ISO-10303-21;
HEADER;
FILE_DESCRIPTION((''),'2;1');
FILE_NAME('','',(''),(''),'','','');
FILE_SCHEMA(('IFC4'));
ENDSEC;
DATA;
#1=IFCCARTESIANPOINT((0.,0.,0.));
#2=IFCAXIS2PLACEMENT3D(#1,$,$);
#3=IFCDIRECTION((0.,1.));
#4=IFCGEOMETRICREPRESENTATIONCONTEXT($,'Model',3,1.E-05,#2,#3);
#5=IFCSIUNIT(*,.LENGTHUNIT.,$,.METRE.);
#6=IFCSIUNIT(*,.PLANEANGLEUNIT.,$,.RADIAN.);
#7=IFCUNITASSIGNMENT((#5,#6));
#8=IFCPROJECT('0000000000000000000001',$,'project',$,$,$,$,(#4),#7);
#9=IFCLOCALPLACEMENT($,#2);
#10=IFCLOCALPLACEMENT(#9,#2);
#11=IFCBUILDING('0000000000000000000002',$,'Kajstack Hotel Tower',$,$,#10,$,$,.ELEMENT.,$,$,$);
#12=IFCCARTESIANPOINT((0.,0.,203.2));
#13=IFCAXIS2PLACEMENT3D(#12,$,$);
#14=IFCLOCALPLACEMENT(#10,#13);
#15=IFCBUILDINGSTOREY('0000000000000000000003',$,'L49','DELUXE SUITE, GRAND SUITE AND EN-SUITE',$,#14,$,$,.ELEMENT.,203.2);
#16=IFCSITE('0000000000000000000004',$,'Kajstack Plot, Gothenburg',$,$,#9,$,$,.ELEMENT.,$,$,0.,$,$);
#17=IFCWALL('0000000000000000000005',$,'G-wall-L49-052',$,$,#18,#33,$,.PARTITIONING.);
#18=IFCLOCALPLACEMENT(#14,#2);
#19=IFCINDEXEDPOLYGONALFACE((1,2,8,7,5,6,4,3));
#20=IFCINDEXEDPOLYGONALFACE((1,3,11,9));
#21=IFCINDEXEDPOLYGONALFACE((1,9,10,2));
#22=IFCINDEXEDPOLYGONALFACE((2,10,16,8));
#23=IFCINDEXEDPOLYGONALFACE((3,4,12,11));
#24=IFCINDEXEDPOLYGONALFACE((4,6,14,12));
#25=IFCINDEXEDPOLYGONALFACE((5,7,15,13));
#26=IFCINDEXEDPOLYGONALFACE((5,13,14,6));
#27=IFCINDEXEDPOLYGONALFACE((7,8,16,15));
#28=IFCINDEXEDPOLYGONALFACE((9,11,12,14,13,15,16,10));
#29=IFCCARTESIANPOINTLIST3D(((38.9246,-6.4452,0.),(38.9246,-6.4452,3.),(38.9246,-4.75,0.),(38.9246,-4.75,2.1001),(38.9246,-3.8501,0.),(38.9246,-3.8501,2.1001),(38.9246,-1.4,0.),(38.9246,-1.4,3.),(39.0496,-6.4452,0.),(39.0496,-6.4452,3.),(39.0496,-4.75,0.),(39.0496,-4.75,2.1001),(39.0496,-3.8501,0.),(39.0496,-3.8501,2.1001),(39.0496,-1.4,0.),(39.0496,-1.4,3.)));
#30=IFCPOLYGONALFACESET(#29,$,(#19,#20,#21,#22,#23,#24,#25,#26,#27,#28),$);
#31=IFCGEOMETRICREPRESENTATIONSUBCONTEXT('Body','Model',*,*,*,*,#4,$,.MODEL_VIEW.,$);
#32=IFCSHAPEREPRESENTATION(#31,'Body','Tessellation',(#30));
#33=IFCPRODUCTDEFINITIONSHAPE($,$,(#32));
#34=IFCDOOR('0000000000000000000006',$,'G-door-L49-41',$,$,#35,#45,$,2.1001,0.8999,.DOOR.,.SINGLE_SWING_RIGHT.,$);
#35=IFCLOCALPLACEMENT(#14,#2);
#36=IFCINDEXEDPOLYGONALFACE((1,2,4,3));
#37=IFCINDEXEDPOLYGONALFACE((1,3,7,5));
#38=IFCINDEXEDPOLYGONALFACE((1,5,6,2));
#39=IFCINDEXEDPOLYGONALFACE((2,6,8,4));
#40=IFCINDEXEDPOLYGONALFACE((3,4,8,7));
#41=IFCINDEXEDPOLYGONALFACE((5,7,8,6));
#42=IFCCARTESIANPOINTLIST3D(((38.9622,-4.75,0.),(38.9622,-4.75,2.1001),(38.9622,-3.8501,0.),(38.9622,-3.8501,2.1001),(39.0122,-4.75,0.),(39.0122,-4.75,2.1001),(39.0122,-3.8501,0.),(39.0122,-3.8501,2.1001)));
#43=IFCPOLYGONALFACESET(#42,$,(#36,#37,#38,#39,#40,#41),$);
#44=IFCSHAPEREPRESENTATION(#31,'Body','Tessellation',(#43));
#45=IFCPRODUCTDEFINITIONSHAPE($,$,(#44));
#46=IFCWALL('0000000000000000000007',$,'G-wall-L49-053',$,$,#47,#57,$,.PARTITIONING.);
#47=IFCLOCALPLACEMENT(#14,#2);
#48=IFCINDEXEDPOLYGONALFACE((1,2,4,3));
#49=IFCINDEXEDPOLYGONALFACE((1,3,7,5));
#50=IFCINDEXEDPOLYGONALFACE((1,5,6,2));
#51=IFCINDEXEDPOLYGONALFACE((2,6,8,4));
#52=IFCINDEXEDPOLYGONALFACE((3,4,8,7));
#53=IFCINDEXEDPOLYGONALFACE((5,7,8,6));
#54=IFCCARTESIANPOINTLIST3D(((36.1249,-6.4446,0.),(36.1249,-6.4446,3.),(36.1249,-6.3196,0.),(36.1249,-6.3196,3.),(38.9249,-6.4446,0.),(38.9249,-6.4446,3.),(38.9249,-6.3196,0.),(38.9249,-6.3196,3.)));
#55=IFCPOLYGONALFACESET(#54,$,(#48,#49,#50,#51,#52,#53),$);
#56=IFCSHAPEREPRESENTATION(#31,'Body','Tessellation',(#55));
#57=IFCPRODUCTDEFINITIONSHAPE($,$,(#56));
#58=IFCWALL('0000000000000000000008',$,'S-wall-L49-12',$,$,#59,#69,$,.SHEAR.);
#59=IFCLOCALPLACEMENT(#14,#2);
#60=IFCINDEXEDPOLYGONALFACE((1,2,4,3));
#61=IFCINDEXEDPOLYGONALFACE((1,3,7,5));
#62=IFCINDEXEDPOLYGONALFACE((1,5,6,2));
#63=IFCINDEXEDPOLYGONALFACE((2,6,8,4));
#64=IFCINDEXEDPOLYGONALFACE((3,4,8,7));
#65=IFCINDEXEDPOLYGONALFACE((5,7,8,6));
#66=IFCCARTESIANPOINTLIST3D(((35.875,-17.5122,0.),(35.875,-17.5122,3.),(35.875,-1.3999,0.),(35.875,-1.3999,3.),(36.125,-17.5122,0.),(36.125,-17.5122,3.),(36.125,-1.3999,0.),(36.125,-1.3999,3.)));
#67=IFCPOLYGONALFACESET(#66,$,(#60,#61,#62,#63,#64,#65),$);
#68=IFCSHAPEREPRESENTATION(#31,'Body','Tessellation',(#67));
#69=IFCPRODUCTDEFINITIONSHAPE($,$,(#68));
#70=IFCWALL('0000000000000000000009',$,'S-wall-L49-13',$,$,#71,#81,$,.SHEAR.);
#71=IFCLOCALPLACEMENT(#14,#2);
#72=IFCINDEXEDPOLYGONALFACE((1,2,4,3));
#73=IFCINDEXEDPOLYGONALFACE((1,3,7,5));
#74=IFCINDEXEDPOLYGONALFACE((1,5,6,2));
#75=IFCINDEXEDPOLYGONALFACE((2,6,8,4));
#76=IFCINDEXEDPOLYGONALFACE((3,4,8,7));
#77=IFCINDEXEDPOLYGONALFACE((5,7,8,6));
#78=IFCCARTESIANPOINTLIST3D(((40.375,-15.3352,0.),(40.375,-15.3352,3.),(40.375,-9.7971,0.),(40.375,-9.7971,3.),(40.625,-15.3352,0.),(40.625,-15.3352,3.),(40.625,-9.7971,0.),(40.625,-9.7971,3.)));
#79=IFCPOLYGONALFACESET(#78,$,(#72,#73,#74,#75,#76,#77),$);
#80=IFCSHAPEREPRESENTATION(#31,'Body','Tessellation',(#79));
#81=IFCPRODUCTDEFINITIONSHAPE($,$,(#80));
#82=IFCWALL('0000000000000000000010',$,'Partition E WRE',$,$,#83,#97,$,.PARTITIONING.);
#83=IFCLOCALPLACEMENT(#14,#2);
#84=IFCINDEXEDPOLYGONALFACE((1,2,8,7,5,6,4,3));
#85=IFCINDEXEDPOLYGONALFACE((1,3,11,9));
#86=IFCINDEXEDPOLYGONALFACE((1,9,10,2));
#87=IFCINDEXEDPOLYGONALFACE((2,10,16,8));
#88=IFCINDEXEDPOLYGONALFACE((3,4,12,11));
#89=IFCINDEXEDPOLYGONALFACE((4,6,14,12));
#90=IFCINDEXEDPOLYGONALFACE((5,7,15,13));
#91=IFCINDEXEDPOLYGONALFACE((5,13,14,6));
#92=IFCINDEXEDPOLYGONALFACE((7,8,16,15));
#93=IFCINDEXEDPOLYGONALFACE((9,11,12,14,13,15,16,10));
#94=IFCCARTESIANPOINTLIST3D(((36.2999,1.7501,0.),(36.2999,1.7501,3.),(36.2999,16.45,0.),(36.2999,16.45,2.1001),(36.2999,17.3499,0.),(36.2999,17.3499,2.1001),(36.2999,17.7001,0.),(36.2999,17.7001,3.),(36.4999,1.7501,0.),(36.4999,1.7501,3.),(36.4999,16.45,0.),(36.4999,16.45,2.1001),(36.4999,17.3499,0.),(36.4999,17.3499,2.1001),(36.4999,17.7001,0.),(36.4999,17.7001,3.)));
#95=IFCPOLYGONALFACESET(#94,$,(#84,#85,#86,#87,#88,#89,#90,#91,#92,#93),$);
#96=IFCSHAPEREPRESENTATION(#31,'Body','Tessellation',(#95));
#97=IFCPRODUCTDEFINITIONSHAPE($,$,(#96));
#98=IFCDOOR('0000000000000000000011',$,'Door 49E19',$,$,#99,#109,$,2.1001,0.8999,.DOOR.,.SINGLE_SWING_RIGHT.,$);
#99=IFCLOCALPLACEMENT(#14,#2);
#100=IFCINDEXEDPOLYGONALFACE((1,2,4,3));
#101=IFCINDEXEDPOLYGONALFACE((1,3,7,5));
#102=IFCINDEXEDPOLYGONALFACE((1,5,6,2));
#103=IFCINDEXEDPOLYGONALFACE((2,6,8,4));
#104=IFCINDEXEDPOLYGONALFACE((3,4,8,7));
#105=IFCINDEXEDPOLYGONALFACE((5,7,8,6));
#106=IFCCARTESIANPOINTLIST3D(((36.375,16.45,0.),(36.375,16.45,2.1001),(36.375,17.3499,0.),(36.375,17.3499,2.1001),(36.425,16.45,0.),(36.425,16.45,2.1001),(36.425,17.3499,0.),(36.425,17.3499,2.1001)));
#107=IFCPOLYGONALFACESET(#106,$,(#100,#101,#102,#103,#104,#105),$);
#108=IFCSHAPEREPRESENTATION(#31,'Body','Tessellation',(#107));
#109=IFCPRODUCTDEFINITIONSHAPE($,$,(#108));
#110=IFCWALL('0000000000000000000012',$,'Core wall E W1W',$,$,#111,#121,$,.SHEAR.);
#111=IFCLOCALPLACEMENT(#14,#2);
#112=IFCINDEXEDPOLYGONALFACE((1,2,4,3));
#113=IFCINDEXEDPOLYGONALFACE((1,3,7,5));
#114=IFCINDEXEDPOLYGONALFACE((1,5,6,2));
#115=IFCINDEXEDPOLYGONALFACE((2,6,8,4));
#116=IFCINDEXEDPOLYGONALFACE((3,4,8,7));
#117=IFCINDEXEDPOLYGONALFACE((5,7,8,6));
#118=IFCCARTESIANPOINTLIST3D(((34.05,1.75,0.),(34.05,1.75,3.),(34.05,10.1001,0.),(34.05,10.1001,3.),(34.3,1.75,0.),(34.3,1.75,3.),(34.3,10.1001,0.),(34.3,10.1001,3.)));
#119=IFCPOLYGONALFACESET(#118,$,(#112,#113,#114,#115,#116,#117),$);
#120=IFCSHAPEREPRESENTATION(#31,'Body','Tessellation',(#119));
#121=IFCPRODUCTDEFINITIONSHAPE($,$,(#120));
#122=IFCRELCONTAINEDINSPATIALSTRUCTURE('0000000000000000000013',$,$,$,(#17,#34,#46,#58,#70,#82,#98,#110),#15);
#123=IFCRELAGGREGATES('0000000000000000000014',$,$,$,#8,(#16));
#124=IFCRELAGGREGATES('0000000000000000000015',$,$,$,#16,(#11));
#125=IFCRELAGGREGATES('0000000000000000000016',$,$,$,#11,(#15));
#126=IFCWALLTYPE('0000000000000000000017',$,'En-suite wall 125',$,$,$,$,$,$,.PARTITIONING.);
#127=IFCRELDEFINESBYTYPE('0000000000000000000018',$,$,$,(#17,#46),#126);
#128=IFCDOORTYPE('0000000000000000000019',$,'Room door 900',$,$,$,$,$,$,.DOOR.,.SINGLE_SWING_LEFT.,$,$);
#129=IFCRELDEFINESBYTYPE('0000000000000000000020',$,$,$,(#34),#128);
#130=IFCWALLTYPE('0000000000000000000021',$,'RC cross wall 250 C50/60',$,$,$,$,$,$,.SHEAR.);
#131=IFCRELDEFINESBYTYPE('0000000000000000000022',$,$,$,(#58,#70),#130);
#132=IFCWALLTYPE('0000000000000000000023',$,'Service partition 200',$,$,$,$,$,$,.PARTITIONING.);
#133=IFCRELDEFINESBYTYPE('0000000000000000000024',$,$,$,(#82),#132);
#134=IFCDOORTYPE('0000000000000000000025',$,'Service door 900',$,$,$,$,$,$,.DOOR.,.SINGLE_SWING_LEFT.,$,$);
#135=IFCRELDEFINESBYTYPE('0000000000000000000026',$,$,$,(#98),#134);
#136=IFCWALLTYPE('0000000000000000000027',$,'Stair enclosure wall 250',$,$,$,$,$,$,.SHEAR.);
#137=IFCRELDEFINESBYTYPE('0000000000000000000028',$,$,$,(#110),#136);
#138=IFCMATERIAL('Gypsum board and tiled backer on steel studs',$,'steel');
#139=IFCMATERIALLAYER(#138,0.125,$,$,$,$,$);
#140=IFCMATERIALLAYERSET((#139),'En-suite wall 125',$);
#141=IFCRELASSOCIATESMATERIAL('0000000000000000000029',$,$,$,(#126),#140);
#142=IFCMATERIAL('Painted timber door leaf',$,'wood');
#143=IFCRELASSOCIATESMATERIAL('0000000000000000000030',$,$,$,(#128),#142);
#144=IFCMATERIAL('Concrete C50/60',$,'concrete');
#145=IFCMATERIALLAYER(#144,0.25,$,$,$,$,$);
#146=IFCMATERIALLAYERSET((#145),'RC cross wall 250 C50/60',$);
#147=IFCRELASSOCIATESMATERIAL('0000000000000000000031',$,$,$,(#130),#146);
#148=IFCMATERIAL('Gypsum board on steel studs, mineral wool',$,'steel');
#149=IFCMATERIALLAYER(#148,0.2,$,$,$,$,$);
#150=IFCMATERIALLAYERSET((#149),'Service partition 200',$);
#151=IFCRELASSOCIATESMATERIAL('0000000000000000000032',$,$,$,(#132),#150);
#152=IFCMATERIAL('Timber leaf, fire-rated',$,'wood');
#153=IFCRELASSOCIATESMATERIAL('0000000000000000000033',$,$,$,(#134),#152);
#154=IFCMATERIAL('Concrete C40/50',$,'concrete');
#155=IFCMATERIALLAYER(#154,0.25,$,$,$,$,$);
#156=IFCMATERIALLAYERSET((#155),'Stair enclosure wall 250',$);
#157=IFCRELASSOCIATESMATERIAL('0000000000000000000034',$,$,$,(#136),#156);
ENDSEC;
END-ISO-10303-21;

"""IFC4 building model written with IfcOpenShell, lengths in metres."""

from ifc_helpers import new_model, si_unit, direction, frame, frame_2d, origin, place, context, subcontext, project, spatial, rectangle, extrude, material, layer, layer_set, type_object, element, fill, save


model = new_model("IFC4")

# Units and contexts
model_context = context("Model", 3, precision=1e-05, world=origin(), true_north=direction((0.0, 1.0)))
body_context = subcontext(model_context, "Body", "Model", "MODEL_VIEW")
ifc_project = project(units=[si_unit("LENGTHUNIT", "METRE"), si_unit("PLANEANGLEUNIT", "RADIAN")], contexts=[model_context])

# Site, building, storey
site_placement = place(None, origin())
site = spatial("IfcSite", under=ifc_project, at=site_placement, Name="Kajstack Plot, Gothenburg", CompositionType="ELEMENT", RefElevation=0.0)
building_placement = place(site_placement, origin())
building = spatial("IfcBuilding", under=site, at=building_placement, Name="Kajstack Hotel Tower", CompositionType="ELEMENT")
storey_placement = place(building_placement, frame((0.0, 0.0, 203.2)))
storey = spatial("IfcBuildingStorey", under=building, at=storey_placement, Name="L49", Description="DELUXE SUITE, GRAND SUITE AND EN-SUITE", CompositionType="ELEMENT", Elevation=203.2)

# Shared definitions
ifc_material_1 = material(Name="Gypsum board and tiled backer on steel studs", Category="steel")
ifc_layer_1 = layer(ifc_material_1, 0.125)
ifc_layer_set_1 = layer_set([ifc_layer_1], Name="En-suite wall 125")
wall_type_1 = type_object("IfcWallType", Name="En-suite wall 125", PredefinedType="PARTITIONING", material=ifc_layer_set_1)

# Wall, opening, door
wall_1_placement = place(storey_placement, frame((38.9871, -6.4451, 0.0), z_axis=(0.0, 0.0, 1.0), x_axis=(0.0, 1.0, 0.0)))
wall_1 = element("IfcWall", 1, at=wall_1_placement, inside=storey, type_object=wall_type_1, Name="G-wall-L49-052", PredefinedType="PARTITIONING", context=body_context, shape_type="SweptSolid", body=[
    extrude(rectangle(XDim=5.0452, YDim=0.125, at=frame_2d((2.5225, 0.0))), origin(), (0.0, 0.0, 1.0), 3.0),
])
opening_1_placement = place(wall_1_placement, frame((1.6951, 0.0, 0.0)))
opening_1 = element("IfcOpeningElement", 2, at=opening_1_placement, cuts=wall_1, PredefinedType="OPENING", context=body_context, shape_type="SweptSolid", body=[
    extrude(rectangle(XDim=0.8999, YDim=2.1001, at=frame_2d((0.45, 1.05))), frame((0.0, 0.0725, 0.0), z_axis=(0.0, -1.0, 0.0), x_axis=(1.0, 0.0, 0.0)), (0.0, 0.0, 1.0), 0.145),
])
ifc_material_2 = material(Name="Painted timber door leaf", Category="wood")
door_type_1 = type_object("IfcDoorType", Name="Room door 900", OperationType="SINGLE_SWING_LEFT", PredefinedType="DOOR", material=ifc_material_2)
door_1_placement = place(opening_1_placement, origin())
door_1 = element("IfcDoor", 3, at=door_1_placement, inside=storey, type_object=door_type_1, Name="G-door-L49-41", OperationType="SINGLE_SWING_RIGHT", OverallHeight=2.1001, OverallWidth=0.8999, PredefinedType="DOOR", context=body_context, shape_type="SweptSolid", body=[
    extrude(rectangle(XDim=0.8999, YDim=2.1001, at=frame_2d((0.45, 1.05))), frame((0.0, 0.0249, 0.0), z_axis=(0.0, -1.0, 0.0), x_axis=(1.0, 0.0, 0.0)), (0.0, 0.0, 1.0), 0.05),
])
fill(opening_1, door_1)

# Walls
wall_2_placement = place(storey_placement, frame((36.125, -6.3821, 0.0), z_axis=(0.0, 0.0, 1.0), x_axis=(1.0, 0.0, 0.0)))
element("IfcWall", 4, at=wall_2_placement, inside=storey, type_object=wall_type_1, Name="G-wall-L49-053", PredefinedType="PARTITIONING", context=body_context, shape_type="SweptSolid", body=[
    extrude(rectangle(XDim=2.8, YDim=0.125, at=frame_2d((1.3999, 0.0))), origin(), (0.0, 0.0, 1.0), 3.0),
])
ifc_material_3 = material(Name="Concrete C50/60", Category="concrete")
ifc_layer_2 = layer(ifc_material_3, 0.25)
ifc_layer_set_2 = layer_set([ifc_layer_2], Name="RC cross wall 250 C50/60")
wall_type_2 = type_object("IfcWallType", Name="RC cross wall 250 C50/60", PredefinedType="SHEAR", material=ifc_layer_set_2)
wall_3_placement = place(storey_placement, frame((36.0, -17.5122, 0.0), z_axis=(0.0, 0.0, 1.0), x_axis=(0.0, 1.0, 0.0)))
element("IfcWall", 5, at=wall_3_placement, inside=storey, type_object=wall_type_2, Name="S-wall-L49-12", PredefinedType="SHEAR", context=body_context, shape_type="SweptSolid", body=[
    extrude(rectangle(XDim=16.1123, YDim=0.25, at=frame_2d((8.0562, 0.0))), origin(), (0.0, 0.0, 1.0), 3.0),
])
wall_4_placement = place(storey_placement, frame((40.5, -15.3352, 0.0), z_axis=(0.0, 0.0, 1.0), x_axis=(0.0, 1.0, 0.0)))
element("IfcWall", 6, at=wall_4_placement, inside=storey, type_object=wall_type_2, Name="S-wall-L49-13", PredefinedType="SHEAR", context=body_context, shape_type="SweptSolid", body=[
    extrude(rectangle(XDim=5.5381, YDim=0.25, at=frame_2d((2.769, 0.0))), origin(), (0.0, 0.0, 1.0), 3.0),
])

# Wall, opening, door
ifc_material_4 = material(Name="Gypsum board on steel studs, mineral wool", Category="steel")
ifc_layer_3 = layer(ifc_material_4, 0.2)
ifc_layer_set_3 = layer_set([ifc_layer_3], Name="Service partition 200")
wall_type_3 = type_object("IfcWallType", Name="Service partition 200", PredefinedType="PARTITIONING", material=ifc_layer_set_3)
wall_5_placement = place(storey_placement, frame((36.3999, 1.75, 0.0), z_axis=(0.0, 0.0, 1.0), x_axis=(0.0, 1.0, 0.0)))
wall_5 = element("IfcWall", 7, at=wall_5_placement, inside=storey, type_object=wall_type_3, Name="Partition E WRE", PredefinedType="PARTITIONING", context=body_context, shape_type="SweptSolid", body=[
    extrude(rectangle(XDim=15.95, YDim=0.2, at=frame_2d((7.9751, 0.0))), origin(), (0.0, 0.0, 1.0), 3.0),
])
opening_2_placement = place(wall_5_placement, frame((14.7, 0.0, 0.0)))
opening_2 = element("IfcOpeningElement", 8, at=opening_2_placement, cuts=wall_5, PredefinedType="OPENING", context=body_context, shape_type="SweptSolid", body=[
    extrude(rectangle(XDim=0.8999, YDim=2.1001, at=frame_2d((0.45, 1.05))), frame((0.0, 0.1099, 0.0), z_axis=(0.0, -1.0, 0.0), x_axis=(1.0, 0.0, 0.0)), (0.0, 0.0, 1.0), 0.22),
])
ifc_material_5 = material(Name="Timber leaf, fire-rated", Category="wood")
door_type_2 = type_object("IfcDoorType", Name="Service door 900", OperationType="SINGLE_SWING_LEFT", PredefinedType="DOOR", material=ifc_material_5)
door_2_placement = place(opening_2_placement, origin())
door_2 = element("IfcDoor", 9, at=door_2_placement, inside=storey, type_object=door_type_2, Name="Door 49E19", OperationType="SINGLE_SWING_RIGHT", OverallHeight=2.1001, OverallWidth=0.8999, PredefinedType="DOOR", context=body_context, shape_type="SweptSolid", body=[
    extrude(rectangle(XDim=0.8999, YDim=2.1001, at=frame_2d((0.45, 1.05))), frame((0.0, 0.0249, 0.0), z_axis=(0.0, -1.0, 0.0), x_axis=(1.0, 0.0, 0.0)), (0.0, 0.0, 1.0), 0.05),
])
fill(opening_2, door_2)

# Wall
ifc_material_6 = material(Name="Concrete C40/50", Category="concrete")
ifc_layer_4 = layer(ifc_material_6, 0.25)
ifc_layer_set_4 = layer_set([ifc_layer_4], Name="Stair enclosure wall 250")
wall_type_4 = type_object("IfcWallType", Name="Stair enclosure wall 250", PredefinedType="SHEAR", material=ifc_layer_set_4)
wall_6_placement = place(storey_placement, frame((34.175, 1.75, 0.0), z_axis=(0.0, 0.0, 1.0), x_axis=(0.0, 1.0, 0.0)))
element("IfcWall", 10, at=wall_6_placement, inside=storey, type_object=wall_type_4, Name="Core wall E W1W", PredefinedType="SHEAR", context=body_context, shape_type="SweptSolid", body=[
    extrude(rectangle(XDim=8.3501, YDim=0.25, at=frame_2d((4.175, 0.0))), origin(), (0.0, 0.0, 1.0), 3.0),
])

save(model, "model.ifc")
